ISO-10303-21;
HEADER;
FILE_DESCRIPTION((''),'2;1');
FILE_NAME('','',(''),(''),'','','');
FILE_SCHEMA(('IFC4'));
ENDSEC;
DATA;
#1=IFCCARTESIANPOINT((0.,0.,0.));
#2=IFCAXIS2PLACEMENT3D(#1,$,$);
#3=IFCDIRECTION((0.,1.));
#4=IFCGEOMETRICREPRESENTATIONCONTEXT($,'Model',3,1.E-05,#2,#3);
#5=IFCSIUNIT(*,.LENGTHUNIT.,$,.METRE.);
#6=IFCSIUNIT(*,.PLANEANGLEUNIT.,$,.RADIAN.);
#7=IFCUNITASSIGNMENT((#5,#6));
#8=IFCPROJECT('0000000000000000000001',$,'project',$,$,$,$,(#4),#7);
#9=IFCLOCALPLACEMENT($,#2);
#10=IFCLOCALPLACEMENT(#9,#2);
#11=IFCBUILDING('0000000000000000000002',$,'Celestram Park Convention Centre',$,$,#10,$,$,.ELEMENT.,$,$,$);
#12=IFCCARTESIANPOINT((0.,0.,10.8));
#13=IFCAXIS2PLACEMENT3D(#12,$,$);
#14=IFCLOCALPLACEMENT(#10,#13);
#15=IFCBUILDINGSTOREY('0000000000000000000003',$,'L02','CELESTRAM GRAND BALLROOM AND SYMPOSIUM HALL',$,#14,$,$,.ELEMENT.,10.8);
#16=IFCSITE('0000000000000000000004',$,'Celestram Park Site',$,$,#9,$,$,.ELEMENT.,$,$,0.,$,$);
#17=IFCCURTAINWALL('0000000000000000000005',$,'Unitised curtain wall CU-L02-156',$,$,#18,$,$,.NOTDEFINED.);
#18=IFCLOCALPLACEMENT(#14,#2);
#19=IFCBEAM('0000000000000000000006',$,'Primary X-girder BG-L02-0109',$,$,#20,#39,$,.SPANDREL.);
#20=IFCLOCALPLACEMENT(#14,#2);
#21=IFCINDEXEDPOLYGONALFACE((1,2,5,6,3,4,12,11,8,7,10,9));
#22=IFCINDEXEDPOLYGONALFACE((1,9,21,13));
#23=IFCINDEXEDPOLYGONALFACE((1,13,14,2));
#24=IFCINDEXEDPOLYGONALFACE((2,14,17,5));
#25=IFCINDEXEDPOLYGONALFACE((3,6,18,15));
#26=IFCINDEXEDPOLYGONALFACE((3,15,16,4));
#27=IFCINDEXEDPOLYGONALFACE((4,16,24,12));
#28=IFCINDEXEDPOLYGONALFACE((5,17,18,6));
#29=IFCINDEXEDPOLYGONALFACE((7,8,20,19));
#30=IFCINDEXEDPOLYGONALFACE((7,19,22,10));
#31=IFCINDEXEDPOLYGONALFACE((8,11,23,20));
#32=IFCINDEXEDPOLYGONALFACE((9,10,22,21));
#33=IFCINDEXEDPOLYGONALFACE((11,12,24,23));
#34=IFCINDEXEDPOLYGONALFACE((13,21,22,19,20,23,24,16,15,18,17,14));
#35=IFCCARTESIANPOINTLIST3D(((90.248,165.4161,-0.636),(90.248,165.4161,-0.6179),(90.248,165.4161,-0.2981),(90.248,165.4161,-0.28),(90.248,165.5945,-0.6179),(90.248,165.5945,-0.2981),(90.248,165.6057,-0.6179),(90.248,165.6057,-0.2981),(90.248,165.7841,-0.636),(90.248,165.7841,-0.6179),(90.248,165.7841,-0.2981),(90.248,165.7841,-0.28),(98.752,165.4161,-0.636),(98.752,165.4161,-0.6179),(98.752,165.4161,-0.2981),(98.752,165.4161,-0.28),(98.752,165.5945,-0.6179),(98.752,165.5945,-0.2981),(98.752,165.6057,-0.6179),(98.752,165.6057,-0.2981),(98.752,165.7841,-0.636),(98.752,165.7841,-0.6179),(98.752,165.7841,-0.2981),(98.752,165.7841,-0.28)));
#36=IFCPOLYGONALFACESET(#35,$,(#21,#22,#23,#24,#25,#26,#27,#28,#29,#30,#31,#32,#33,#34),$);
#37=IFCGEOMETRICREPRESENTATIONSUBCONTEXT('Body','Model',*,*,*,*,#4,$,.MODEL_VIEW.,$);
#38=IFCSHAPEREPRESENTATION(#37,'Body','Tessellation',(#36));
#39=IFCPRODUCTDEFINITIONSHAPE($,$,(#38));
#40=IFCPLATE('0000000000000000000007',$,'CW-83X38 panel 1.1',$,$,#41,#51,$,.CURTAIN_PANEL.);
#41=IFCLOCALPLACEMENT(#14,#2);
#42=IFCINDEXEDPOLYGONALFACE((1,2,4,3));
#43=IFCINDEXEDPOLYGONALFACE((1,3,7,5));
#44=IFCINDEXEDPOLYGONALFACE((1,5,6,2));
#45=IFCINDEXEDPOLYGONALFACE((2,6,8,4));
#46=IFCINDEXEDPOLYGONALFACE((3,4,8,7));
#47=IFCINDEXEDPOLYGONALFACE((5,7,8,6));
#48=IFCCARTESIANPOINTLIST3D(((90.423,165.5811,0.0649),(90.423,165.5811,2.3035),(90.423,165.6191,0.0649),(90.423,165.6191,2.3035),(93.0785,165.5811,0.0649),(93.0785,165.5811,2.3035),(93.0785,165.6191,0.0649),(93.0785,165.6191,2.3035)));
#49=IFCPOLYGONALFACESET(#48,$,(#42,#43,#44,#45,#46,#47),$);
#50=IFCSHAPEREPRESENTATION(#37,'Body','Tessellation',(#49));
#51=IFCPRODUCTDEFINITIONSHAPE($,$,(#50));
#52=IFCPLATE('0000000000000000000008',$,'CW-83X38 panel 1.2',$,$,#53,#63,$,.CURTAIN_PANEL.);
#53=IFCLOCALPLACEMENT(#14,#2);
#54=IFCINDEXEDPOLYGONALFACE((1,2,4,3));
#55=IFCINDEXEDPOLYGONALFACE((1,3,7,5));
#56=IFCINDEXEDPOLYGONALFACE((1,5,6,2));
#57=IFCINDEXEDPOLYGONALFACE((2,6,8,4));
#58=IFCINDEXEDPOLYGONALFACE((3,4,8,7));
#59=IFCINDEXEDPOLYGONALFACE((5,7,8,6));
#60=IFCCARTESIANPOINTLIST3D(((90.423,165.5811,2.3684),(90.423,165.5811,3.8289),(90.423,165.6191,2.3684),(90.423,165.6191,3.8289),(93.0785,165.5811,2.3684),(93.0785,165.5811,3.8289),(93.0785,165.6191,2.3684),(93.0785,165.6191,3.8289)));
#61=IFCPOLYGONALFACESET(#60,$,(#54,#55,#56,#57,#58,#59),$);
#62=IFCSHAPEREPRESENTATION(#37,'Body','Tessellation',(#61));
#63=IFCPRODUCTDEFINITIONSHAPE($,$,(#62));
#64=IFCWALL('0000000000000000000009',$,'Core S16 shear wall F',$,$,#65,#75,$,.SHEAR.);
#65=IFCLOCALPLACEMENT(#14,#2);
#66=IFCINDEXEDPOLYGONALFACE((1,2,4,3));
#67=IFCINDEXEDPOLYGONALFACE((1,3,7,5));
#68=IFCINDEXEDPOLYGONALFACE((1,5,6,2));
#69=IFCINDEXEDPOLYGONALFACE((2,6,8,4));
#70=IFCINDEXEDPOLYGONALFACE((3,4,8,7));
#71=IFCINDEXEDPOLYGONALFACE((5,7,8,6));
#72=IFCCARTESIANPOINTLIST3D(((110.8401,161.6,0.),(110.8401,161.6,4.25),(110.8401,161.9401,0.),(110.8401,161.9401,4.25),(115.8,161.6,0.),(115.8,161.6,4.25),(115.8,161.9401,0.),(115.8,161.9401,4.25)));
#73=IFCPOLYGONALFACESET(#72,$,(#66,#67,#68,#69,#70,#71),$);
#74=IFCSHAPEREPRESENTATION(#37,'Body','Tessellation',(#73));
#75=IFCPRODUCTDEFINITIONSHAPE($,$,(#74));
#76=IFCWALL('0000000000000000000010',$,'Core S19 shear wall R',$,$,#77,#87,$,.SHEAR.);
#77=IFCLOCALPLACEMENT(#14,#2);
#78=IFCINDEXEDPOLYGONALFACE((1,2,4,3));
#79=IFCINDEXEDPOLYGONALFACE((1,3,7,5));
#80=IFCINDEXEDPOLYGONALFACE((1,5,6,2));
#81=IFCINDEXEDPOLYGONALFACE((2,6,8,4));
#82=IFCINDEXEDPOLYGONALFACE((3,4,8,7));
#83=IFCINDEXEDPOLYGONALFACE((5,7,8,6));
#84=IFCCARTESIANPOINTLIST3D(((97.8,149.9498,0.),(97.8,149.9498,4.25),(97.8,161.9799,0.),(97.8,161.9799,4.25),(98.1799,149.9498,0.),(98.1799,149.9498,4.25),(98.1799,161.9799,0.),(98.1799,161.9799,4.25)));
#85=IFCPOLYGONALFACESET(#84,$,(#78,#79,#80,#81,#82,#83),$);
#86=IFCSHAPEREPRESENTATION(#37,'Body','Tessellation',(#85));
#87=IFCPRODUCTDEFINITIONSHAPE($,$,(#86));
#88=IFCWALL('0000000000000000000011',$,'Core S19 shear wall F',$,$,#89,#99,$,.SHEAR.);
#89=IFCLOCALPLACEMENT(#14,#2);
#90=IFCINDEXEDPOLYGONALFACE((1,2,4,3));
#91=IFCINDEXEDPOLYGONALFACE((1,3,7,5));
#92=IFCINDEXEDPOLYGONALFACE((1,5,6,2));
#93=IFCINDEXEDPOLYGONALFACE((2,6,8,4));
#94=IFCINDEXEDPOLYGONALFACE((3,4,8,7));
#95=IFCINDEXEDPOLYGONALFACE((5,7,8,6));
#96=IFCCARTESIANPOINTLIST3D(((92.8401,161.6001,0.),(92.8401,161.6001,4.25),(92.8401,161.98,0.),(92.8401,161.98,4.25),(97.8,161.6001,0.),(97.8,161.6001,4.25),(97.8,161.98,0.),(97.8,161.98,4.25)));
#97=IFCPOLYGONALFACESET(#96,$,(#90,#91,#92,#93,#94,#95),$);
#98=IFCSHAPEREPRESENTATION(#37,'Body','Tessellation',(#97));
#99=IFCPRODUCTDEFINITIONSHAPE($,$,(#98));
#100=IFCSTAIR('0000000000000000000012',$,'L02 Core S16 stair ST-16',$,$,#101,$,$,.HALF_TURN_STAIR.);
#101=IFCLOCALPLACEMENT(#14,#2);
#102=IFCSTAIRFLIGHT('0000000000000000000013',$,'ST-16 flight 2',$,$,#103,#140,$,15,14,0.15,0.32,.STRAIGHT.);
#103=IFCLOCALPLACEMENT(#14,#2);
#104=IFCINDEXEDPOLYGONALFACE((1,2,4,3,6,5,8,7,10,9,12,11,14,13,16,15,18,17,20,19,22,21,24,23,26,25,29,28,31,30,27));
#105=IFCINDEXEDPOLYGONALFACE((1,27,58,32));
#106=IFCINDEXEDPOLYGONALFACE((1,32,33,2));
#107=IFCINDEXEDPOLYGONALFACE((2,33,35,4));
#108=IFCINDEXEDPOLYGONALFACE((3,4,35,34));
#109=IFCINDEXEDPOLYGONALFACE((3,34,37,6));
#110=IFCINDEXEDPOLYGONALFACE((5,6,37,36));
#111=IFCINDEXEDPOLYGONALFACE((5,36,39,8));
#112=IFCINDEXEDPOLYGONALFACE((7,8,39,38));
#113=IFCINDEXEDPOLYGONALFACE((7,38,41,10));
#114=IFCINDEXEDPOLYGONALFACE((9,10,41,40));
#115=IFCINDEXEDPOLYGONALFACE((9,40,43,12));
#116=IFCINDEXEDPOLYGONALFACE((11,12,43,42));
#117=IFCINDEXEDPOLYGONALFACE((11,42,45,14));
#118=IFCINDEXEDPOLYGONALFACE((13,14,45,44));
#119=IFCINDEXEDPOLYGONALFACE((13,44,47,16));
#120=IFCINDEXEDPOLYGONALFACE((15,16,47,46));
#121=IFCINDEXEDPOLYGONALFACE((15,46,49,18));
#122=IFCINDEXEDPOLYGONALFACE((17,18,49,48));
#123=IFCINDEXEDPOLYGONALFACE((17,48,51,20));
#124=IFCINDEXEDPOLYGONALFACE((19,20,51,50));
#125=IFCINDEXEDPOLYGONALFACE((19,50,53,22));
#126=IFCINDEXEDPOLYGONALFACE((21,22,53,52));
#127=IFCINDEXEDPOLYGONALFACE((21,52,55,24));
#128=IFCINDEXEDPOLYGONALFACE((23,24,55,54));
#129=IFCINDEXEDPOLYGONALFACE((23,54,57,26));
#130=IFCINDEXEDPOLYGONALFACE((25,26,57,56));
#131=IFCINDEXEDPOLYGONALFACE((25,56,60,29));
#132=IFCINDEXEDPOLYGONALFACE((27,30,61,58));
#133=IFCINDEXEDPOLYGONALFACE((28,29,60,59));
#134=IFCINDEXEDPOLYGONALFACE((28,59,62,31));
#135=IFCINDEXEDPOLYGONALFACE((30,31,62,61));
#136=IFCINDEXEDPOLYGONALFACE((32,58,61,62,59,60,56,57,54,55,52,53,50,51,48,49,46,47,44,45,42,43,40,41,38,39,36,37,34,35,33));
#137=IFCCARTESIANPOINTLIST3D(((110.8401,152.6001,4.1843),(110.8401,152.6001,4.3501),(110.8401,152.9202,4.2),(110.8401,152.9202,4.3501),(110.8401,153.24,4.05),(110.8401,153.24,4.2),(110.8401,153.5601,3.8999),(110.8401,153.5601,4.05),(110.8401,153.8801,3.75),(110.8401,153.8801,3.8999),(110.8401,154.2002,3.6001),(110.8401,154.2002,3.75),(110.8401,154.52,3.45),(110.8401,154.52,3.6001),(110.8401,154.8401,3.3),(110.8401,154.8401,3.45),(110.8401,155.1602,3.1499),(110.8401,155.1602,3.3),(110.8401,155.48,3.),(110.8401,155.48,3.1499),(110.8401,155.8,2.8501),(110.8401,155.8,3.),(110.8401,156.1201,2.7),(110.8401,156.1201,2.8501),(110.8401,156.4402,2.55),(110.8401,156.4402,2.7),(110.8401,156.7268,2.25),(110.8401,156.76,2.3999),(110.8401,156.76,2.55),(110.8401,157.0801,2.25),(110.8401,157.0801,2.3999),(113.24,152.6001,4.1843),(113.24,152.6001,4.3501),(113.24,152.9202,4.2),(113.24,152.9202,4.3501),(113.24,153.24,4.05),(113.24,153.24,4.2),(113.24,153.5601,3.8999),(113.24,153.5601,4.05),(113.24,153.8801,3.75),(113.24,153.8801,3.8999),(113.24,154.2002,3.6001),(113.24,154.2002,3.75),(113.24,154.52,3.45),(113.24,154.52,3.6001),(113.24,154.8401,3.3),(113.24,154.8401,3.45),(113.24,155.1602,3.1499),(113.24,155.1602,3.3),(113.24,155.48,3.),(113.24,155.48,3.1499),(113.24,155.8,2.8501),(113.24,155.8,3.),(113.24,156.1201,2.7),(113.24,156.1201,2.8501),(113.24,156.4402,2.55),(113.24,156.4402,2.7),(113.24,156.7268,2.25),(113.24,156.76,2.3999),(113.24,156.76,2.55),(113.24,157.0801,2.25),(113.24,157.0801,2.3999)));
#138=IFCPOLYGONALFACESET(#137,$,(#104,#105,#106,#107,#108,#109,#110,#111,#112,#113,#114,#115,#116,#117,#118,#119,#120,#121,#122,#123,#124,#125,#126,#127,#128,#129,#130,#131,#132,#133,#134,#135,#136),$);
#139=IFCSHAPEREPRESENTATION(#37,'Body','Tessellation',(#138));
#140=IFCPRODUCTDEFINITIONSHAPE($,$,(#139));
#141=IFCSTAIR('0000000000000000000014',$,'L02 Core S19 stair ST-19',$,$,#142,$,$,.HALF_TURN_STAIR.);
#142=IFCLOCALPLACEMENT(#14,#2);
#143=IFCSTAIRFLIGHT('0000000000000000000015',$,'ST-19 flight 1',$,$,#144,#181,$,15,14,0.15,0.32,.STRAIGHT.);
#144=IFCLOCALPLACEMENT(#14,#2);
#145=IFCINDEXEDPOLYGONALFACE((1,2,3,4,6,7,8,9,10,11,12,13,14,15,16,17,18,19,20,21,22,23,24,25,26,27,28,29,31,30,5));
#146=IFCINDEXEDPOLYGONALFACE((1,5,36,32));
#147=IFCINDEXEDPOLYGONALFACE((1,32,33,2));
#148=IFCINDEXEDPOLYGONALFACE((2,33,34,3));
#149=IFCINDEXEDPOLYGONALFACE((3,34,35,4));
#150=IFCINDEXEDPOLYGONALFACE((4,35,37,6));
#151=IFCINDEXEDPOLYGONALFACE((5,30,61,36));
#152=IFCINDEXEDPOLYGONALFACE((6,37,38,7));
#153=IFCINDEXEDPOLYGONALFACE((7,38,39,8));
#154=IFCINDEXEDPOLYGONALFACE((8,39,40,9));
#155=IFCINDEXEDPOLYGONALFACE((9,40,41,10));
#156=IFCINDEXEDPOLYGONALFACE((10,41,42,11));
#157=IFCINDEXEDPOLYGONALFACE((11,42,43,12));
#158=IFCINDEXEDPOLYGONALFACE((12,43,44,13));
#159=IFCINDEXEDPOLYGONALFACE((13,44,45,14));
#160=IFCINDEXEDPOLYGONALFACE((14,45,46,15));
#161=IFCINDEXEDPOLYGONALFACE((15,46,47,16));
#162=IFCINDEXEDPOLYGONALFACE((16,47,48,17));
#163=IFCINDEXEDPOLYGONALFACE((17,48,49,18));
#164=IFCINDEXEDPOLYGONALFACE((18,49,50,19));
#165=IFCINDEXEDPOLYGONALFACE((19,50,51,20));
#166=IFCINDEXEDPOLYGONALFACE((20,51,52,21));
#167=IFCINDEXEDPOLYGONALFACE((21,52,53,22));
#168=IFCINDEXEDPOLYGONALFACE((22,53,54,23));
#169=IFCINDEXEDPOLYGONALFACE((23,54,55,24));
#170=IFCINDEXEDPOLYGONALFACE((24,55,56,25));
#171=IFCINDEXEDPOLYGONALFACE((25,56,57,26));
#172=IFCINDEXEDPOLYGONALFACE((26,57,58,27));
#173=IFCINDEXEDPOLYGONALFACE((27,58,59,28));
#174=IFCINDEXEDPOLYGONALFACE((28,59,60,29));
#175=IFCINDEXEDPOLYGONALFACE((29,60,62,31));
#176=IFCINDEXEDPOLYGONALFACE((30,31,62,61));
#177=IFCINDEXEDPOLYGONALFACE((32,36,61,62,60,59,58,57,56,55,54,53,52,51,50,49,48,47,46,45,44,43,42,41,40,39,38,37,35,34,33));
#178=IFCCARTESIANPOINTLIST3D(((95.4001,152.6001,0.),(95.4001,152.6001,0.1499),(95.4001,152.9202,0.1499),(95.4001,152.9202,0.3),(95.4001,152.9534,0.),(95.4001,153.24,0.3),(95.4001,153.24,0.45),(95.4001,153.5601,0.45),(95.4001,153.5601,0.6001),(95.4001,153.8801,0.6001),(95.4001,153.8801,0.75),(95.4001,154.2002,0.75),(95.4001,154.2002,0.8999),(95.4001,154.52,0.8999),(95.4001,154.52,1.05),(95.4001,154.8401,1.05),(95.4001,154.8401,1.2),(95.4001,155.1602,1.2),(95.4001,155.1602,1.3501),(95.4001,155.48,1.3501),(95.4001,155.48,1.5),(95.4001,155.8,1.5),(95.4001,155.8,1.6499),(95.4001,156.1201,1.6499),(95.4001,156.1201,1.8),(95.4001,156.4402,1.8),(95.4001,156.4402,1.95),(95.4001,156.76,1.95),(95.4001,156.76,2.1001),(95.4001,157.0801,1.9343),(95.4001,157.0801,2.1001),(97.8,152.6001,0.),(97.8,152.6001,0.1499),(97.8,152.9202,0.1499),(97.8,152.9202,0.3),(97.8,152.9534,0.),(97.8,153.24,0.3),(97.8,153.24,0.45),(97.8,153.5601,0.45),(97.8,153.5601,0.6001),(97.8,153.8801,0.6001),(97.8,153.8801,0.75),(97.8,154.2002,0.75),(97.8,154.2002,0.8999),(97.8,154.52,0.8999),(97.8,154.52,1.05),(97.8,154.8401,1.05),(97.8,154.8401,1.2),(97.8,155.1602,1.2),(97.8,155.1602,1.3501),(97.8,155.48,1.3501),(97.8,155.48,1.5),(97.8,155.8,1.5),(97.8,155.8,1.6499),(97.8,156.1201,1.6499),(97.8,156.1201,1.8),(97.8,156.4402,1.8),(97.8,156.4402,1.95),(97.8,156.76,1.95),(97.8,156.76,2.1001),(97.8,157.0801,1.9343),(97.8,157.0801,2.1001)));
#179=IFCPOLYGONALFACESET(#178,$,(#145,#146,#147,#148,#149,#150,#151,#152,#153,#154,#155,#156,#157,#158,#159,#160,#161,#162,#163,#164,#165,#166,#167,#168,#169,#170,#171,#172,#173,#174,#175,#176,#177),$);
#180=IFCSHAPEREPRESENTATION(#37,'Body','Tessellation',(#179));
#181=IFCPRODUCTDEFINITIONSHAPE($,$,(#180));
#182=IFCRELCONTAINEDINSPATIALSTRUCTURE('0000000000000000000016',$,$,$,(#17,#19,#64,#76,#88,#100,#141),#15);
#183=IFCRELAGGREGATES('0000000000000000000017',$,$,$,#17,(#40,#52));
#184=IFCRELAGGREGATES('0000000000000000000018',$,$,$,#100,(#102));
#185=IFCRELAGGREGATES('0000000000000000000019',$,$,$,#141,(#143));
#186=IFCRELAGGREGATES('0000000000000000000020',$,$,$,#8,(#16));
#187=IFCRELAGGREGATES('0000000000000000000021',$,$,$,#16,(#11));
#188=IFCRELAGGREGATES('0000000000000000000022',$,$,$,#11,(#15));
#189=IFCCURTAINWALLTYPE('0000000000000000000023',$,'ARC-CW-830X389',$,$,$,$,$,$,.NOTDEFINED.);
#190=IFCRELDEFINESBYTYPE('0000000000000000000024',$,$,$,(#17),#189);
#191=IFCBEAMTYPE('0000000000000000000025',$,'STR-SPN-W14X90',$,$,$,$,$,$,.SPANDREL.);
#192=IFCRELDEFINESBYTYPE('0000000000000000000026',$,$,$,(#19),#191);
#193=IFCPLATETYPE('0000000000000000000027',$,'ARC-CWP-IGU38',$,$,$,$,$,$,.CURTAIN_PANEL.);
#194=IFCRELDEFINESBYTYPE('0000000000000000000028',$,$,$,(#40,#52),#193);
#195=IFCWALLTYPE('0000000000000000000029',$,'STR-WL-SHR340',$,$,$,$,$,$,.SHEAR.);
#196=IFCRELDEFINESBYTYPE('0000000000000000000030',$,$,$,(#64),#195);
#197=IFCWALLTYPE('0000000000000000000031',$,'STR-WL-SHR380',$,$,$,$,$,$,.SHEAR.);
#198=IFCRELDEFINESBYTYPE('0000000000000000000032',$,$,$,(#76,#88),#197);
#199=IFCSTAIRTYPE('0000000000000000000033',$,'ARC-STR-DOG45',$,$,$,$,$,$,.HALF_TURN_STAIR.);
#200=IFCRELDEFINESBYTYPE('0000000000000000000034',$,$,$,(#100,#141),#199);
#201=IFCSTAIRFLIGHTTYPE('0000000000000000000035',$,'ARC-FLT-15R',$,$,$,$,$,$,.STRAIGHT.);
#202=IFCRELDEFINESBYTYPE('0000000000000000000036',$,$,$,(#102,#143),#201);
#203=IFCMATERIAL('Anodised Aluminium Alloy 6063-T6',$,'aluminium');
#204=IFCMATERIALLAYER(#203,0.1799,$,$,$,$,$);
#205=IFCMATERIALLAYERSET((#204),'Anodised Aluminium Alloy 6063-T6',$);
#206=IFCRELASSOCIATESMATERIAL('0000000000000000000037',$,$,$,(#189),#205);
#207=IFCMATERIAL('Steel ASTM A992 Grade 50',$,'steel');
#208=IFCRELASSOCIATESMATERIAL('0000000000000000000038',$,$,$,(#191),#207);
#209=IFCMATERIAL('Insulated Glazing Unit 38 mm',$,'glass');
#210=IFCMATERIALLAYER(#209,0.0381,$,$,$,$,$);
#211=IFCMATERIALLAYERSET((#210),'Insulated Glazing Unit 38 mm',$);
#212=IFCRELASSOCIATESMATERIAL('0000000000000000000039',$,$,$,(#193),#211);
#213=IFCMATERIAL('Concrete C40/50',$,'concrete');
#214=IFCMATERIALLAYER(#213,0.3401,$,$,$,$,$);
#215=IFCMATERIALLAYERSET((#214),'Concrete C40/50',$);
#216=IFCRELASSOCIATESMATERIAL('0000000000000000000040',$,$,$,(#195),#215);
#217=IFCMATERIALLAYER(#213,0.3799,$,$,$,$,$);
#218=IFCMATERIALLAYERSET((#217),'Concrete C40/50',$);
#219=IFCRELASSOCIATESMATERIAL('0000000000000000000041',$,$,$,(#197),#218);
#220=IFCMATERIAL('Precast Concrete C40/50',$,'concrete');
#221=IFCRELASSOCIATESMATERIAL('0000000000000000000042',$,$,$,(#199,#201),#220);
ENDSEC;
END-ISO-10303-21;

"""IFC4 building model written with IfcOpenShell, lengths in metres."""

from ifc_helpers import new_model, si_unit, direction, frame, frame_2d, origin, origin_2d, place, context, subcontext, project, spatial, polyline, rectangle, i_section, outline, extrude, material, layer, layer_set, material_profile, profile_set, type_object, element, aggregate, save


model = new_model("IFC4")

# Units and contexts
model_context = context("Model", 3, precision=1e-05, world=origin(), true_north=direction((0.0, 1.0)))
body_context = subcontext(model_context, "Body", "Model", "MODEL_VIEW")
ifc_project = project(units=[si_unit("LENGTHUNIT", "METRE"), si_unit("PLANEANGLEUNIT", "RADIAN")], contexts=[model_context])

# Site, building, storey
site_placement = place(None, origin())
site = spatial("IfcSite", under=ifc_project, at=site_placement, Name="Celestram Park Site", CompositionType="ELEMENT", RefElevation=0.0)
building_placement = place(site_placement, origin())
building = spatial("IfcBuilding", under=site, at=building_placement, Name="Celestram Park Convention Centre", CompositionType="ELEMENT")
storey_placement = place(building_placement, frame((0.0, 0.0, 10.8)))
storey = spatial("IfcBuildingStorey", under=building, at=storey_placement, Name="L02", Description="CELESTRAM GRAND BALLROOM AND SYMPOSIUM HALL", CompositionType="ELEMENT", Elevation=10.8)

# Shared definitions
ifc_material_1 = material(Name="Concrete C40/50", Category="concrete")

# Curtain wall
ifc_material_2 = material(Name="Anodised Aluminium Alloy 6063-T6", Category="aluminium")
ifc_layer_1 = layer(ifc_material_2, 0.1799)
ifc_layer_set_1 = layer_set([ifc_layer_1], Name="Anodised Aluminium Alloy 6063-T6")
curtain_wall_type = type_object("IfcCurtainWallType", Name="ARC-CW-830X389", PredefinedType="NOTDEFINED", material=ifc_layer_set_1)
curtain_wall_placement = place(storey_placement, origin())
curtain_wall = element("IfcCurtainWall", 1, at=curtain_wall_placement, inside=storey, type_object=curtain_wall_type, Name="Unitised curtain wall CU-L02-156", PredefinedType="NOTDEFINED")

# Beam
ifc_material_3 = material(Name="Steel ASTM A992 Grade 50", Category="steel")
ifc_material_profile_1 = material_profile(ifc_material_3, i_section(OverallWidth=0.3679, OverallDepth=0.356, WebThickness=0.0112, FlangeThickness=0.0181, at=origin_2d()), Name="W14X90")
ifc_profile_set_1 = profile_set([ifc_material_profile_1], Name="Steel ASTM A992 Grade 50")
beam_type_1 = type_object("IfcBeamType", Name="STR-SPN-W14X90", PredefinedType="SPANDREL", material=ifc_profile_set_1)
beam_1_placement = place(storey_placement, frame((90.248, 165.6001, -0.458), z_axis=(1.0, 0.0, 0.0), x_axis=(0.0, 1.0, 0.0)))
element("IfcBeam", 2, at=beam_1_placement, inside=storey, type_object=beam_type_1, Name="Primary X-girder BG-L02-0109", PredefinedType="SPANDREL", context=body_context, shape_type="SweptSolid", body=[
    extrude(i_section(OverallWidth=0.3679, OverallDepth=0.356, WebThickness=0.0112, FlangeThickness=0.0181, at=origin_2d()), origin(), (0.0, 0.0, 1.0), 8.5039),
])

# Plates
ifc_material_4 = material(Name="Insulated Glazing Unit 38 mm", Category="glass")
ifc_layer_2 = layer(ifc_material_4, 0.0381)
ifc_layer_set_2 = layer_set([ifc_layer_2], Name="Insulated Glazing Unit 38 mm")
plate_type = type_object("IfcPlateType", Name="ARC-CWP-IGU38", PredefinedType="CURTAIN_PANEL", material=ifc_layer_set_2)
plate_1_placement = place(storey_placement, frame((91.7507, 165.6001, 0.0649), z_axis=(0.0, 0.0, 1.0), x_axis=(1.0, 0.0, 0.0)))
plate_1 = element("IfcPlate", 3, at=plate_1_placement, type_object=plate_type, Name="CW-83X38 panel 1.1", PredefinedType="CURTAIN_PANEL", context=body_context, shape_type="SweptSolid", body=[
    extrude(rectangle(XDim=2.6555, YDim=0.0381, at=origin_2d()), origin(), (0.0, 0.0, 1.0), 2.2385),
])
plate_2_placement = place(storey_placement, frame((91.7507, 165.6001, 2.3684), z_axis=(0.0, 0.0, 1.0), x_axis=(1.0, 0.0, 0.0)))
plate_2 = element("IfcPlate", 4, at=plate_2_placement, type_object=plate_type, Name="CW-83X38 panel 1.2", PredefinedType="CURTAIN_PANEL", context=body_context, shape_type="SweptSolid", body=[
    extrude(rectangle(XDim=2.6555, YDim=0.0381, at=origin_2d()), origin(), (0.0, 0.0, 1.0), 1.4604),
])
aggregate(curtain_wall, [plate_1, plate_2])

# Walls
ifc_layer_3 = layer(ifc_material_1, 0.3401)
ifc_layer_set_3 = layer_set([ifc_layer_3], Name="Concrete C40/50")
wall_type_1 = type_object("IfcWallType", Name="STR-WL-SHR340", PredefinedType="SHEAR", material=ifc_layer_set_3)
wall_1_placement = place(storey_placement, frame((110.8401, 161.77, 0.0), z_axis=(0.0, 0.0, 1.0), x_axis=(1.0, 0.0, 0.0)))
element("IfcWall", 5, at=wall_1_placement, inside=storey, type_object=wall_type_1, Name="Core S16 shear wall F", PredefinedType="SHEAR", context=body_context, shape_type="SweptSolid", body=[
    extrude(rectangle(XDim=4.96, YDim=0.3401, at=frame_2d((2.48, 0.0))), origin(), (0.0, 0.0, 1.0), 4.25),
])
ifc_layer_4 = layer(ifc_material_1, 0.3799)
ifc_layer_set_4 = layer_set([ifc_layer_4], Name="Concrete C40/50")
wall_type_2 = type_object("IfcWallType", Name="STR-WL-SHR380", PredefinedType="SHEAR", material=ifc_layer_set_4)
wall_2_placement = place(storey_placement, frame((97.99, 161.98, 0.0), z_axis=(0.0, 0.0, 1.0), x_axis=(0.0, -1.0, 0.0)))
element("IfcWall", 6, at=wall_2_placement, inside=storey, type_object=wall_type_2, Name="Core S19 shear wall R", PredefinedType="SHEAR", context=body_context, shape_type="SweptSolid", body=[
    extrude(rectangle(XDim=12.03, YDim=0.3799, at=frame_2d((6.0151, 0.0))), origin(), (0.0, 0.0, 1.0), 4.25),
])
wall_3_placement = place(storey_placement, frame((92.8401, 161.79, 0.0), z_axis=(0.0, 0.0, 1.0), x_axis=(1.0, 0.0, 0.0)))
element("IfcWall", 7, at=wall_3_placement, inside=storey, type_object=wall_type_2, Name="Core S19 shear wall F", PredefinedType="SHEAR", context=body_context, shape_type="SweptSolid", body=[
    extrude(rectangle(XDim=4.96, YDim=0.3799, at=frame_2d((2.48, 0.0))), origin(), (0.0, 0.0, 1.0), 4.25),
])

# Stair, stair flight
ifc_material_5 = material(Name="Precast Concrete C40/50", Category="concrete")
stair_type = type_object("IfcStairType", Name="ARC-STR-DOG45", PredefinedType="HALF_TURN_STAIR", material=ifc_material_5)
stair_1_placement = place(storey_placement, origin())
stair_1 = element("IfcStair", 8, at=stair_1_placement, inside=storey, type_object=stair_type, Name="L02 Core S16 stair ST-16", PredefinedType="HALF_TURN_STAIR")
stair_flight_type = type_object("IfcStairFlightType", Name="ARC-FLT-15R", PredefinedType="STRAIGHT", material=ifc_material_5)
stair_flight_1_placement = place(storey_placement, frame((112.04, 157.0801, 2.25), z_axis=(0.0, 0.0, 1.0), x_axis=(0.0, -1.0, 0.0)))
stair_flight_1 = element("IfcStairFlight", 9, at=stair_flight_1_placement, type_object=stair_flight_type, Name="ST-16 flight 2", NumberOfRisers=15, NumberOfTreads=14, PredefinedType="STRAIGHT", RiserHeight=0.15, TreadLength=0.32, context=body_context, shape_type="SweptSolid", body=[
    extrude(outline(polyline([(0.0, 0.0), (0.0, 0.1499), (0.3201, 0.1499), (0.3201, 0.3), (0.6399, 0.3), (0.6399, 0.45), (0.96, 0.45), (0.96, 0.6001), (1.28, 0.6001), (1.28, 0.75), (1.6001, 0.75), (1.6001, 0.8999), (1.9199, 0.8999), (1.9199, 1.05), (2.24, 1.05), (2.24, 1.2), (2.5601, 1.2), (2.5601, 1.3501), (2.8799, 1.3501), (2.8799, 1.5), (3.2, 1.5), (3.2, 1.6499), (3.52, 1.6499), (3.52, 1.8), (3.8401, 1.8), (3.8401, 1.95), (4.1599, 1.95), (4.1599, 2.1001), (4.48, 2.1001), (4.48, 2.25), (4.48, 1.9343), (0.3533, 0.0), (0.0, 0.0)])), frame((0.0, 1.2, 0.0), z_axis=(0.0, -1.0, 0.0), x_axis=(1.0, 0.0, 0.0)), (0.0, 0.0, 1.0), 2.3999),
])
aggregate(stair_1, [stair_flight_1])

# Stair, stair flight
stair_2_placement = place(storey_placement, origin())
stair_2 = element("IfcStair", 10, at=stair_2_placement, inside=storey, type_object=stair_type, Name="L02 Core S19 stair ST-19", PredefinedType="HALF_TURN_STAIR")
stair_flight_2_placement = place(storey_placement, frame((96.6001, 152.6001, 0.0), z_axis=(0.0, 0.0, 1.0), x_axis=(0.0, 1.0, 0.0)))
stair_flight_2 = element("IfcStairFlight", 11, at=stair_flight_2_placement, type_object=stair_flight_type, Name="ST-19 flight 1", NumberOfRisers=15, NumberOfTreads=14, PredefinedType="STRAIGHT", RiserHeight=0.15, TreadLength=0.32, context=body_context, shape_type="SweptSolid", body=[
    extrude(outline(polyline([(0.0, 0.0), (0.0, 0.1499), (0.3201, 0.1499), (0.3201, 0.3), (0.6399, 0.3), (0.6399, 0.45), (0.96, 0.45), (0.96, 0.6001), (1.28, 0.6001), (1.28, 0.75), (1.6001, 0.75), (1.6001, 0.8999), (1.9199, 0.8999), (1.9199, 1.05), (2.24, 1.05), (2.24, 1.2), (2.5601, 1.2), (2.5601, 1.3501), (2.8799, 1.3501), (2.8799, 1.5), (3.2, 1.5), (3.2, 1.6499), (3.52, 1.6499), (3.52, 1.8), (3.8401, 1.8), (3.8401, 1.95), (4.1599, 1.95), (4.1599, 2.1001), (4.48, 2.1001), (4.48, 2.25), (4.48, 1.9343), (0.3533, 0.0), (0.0, 0.0)])), frame((0.0, 1.2, 0.0), z_axis=(0.0, -1.0, 0.0), x_axis=(1.0, 0.0, 0.0)), (0.0, 0.0, 1.0), 2.3999),
])
aggregate(stair_2, [stair_flight_2])

save(model, "model.ifc")
